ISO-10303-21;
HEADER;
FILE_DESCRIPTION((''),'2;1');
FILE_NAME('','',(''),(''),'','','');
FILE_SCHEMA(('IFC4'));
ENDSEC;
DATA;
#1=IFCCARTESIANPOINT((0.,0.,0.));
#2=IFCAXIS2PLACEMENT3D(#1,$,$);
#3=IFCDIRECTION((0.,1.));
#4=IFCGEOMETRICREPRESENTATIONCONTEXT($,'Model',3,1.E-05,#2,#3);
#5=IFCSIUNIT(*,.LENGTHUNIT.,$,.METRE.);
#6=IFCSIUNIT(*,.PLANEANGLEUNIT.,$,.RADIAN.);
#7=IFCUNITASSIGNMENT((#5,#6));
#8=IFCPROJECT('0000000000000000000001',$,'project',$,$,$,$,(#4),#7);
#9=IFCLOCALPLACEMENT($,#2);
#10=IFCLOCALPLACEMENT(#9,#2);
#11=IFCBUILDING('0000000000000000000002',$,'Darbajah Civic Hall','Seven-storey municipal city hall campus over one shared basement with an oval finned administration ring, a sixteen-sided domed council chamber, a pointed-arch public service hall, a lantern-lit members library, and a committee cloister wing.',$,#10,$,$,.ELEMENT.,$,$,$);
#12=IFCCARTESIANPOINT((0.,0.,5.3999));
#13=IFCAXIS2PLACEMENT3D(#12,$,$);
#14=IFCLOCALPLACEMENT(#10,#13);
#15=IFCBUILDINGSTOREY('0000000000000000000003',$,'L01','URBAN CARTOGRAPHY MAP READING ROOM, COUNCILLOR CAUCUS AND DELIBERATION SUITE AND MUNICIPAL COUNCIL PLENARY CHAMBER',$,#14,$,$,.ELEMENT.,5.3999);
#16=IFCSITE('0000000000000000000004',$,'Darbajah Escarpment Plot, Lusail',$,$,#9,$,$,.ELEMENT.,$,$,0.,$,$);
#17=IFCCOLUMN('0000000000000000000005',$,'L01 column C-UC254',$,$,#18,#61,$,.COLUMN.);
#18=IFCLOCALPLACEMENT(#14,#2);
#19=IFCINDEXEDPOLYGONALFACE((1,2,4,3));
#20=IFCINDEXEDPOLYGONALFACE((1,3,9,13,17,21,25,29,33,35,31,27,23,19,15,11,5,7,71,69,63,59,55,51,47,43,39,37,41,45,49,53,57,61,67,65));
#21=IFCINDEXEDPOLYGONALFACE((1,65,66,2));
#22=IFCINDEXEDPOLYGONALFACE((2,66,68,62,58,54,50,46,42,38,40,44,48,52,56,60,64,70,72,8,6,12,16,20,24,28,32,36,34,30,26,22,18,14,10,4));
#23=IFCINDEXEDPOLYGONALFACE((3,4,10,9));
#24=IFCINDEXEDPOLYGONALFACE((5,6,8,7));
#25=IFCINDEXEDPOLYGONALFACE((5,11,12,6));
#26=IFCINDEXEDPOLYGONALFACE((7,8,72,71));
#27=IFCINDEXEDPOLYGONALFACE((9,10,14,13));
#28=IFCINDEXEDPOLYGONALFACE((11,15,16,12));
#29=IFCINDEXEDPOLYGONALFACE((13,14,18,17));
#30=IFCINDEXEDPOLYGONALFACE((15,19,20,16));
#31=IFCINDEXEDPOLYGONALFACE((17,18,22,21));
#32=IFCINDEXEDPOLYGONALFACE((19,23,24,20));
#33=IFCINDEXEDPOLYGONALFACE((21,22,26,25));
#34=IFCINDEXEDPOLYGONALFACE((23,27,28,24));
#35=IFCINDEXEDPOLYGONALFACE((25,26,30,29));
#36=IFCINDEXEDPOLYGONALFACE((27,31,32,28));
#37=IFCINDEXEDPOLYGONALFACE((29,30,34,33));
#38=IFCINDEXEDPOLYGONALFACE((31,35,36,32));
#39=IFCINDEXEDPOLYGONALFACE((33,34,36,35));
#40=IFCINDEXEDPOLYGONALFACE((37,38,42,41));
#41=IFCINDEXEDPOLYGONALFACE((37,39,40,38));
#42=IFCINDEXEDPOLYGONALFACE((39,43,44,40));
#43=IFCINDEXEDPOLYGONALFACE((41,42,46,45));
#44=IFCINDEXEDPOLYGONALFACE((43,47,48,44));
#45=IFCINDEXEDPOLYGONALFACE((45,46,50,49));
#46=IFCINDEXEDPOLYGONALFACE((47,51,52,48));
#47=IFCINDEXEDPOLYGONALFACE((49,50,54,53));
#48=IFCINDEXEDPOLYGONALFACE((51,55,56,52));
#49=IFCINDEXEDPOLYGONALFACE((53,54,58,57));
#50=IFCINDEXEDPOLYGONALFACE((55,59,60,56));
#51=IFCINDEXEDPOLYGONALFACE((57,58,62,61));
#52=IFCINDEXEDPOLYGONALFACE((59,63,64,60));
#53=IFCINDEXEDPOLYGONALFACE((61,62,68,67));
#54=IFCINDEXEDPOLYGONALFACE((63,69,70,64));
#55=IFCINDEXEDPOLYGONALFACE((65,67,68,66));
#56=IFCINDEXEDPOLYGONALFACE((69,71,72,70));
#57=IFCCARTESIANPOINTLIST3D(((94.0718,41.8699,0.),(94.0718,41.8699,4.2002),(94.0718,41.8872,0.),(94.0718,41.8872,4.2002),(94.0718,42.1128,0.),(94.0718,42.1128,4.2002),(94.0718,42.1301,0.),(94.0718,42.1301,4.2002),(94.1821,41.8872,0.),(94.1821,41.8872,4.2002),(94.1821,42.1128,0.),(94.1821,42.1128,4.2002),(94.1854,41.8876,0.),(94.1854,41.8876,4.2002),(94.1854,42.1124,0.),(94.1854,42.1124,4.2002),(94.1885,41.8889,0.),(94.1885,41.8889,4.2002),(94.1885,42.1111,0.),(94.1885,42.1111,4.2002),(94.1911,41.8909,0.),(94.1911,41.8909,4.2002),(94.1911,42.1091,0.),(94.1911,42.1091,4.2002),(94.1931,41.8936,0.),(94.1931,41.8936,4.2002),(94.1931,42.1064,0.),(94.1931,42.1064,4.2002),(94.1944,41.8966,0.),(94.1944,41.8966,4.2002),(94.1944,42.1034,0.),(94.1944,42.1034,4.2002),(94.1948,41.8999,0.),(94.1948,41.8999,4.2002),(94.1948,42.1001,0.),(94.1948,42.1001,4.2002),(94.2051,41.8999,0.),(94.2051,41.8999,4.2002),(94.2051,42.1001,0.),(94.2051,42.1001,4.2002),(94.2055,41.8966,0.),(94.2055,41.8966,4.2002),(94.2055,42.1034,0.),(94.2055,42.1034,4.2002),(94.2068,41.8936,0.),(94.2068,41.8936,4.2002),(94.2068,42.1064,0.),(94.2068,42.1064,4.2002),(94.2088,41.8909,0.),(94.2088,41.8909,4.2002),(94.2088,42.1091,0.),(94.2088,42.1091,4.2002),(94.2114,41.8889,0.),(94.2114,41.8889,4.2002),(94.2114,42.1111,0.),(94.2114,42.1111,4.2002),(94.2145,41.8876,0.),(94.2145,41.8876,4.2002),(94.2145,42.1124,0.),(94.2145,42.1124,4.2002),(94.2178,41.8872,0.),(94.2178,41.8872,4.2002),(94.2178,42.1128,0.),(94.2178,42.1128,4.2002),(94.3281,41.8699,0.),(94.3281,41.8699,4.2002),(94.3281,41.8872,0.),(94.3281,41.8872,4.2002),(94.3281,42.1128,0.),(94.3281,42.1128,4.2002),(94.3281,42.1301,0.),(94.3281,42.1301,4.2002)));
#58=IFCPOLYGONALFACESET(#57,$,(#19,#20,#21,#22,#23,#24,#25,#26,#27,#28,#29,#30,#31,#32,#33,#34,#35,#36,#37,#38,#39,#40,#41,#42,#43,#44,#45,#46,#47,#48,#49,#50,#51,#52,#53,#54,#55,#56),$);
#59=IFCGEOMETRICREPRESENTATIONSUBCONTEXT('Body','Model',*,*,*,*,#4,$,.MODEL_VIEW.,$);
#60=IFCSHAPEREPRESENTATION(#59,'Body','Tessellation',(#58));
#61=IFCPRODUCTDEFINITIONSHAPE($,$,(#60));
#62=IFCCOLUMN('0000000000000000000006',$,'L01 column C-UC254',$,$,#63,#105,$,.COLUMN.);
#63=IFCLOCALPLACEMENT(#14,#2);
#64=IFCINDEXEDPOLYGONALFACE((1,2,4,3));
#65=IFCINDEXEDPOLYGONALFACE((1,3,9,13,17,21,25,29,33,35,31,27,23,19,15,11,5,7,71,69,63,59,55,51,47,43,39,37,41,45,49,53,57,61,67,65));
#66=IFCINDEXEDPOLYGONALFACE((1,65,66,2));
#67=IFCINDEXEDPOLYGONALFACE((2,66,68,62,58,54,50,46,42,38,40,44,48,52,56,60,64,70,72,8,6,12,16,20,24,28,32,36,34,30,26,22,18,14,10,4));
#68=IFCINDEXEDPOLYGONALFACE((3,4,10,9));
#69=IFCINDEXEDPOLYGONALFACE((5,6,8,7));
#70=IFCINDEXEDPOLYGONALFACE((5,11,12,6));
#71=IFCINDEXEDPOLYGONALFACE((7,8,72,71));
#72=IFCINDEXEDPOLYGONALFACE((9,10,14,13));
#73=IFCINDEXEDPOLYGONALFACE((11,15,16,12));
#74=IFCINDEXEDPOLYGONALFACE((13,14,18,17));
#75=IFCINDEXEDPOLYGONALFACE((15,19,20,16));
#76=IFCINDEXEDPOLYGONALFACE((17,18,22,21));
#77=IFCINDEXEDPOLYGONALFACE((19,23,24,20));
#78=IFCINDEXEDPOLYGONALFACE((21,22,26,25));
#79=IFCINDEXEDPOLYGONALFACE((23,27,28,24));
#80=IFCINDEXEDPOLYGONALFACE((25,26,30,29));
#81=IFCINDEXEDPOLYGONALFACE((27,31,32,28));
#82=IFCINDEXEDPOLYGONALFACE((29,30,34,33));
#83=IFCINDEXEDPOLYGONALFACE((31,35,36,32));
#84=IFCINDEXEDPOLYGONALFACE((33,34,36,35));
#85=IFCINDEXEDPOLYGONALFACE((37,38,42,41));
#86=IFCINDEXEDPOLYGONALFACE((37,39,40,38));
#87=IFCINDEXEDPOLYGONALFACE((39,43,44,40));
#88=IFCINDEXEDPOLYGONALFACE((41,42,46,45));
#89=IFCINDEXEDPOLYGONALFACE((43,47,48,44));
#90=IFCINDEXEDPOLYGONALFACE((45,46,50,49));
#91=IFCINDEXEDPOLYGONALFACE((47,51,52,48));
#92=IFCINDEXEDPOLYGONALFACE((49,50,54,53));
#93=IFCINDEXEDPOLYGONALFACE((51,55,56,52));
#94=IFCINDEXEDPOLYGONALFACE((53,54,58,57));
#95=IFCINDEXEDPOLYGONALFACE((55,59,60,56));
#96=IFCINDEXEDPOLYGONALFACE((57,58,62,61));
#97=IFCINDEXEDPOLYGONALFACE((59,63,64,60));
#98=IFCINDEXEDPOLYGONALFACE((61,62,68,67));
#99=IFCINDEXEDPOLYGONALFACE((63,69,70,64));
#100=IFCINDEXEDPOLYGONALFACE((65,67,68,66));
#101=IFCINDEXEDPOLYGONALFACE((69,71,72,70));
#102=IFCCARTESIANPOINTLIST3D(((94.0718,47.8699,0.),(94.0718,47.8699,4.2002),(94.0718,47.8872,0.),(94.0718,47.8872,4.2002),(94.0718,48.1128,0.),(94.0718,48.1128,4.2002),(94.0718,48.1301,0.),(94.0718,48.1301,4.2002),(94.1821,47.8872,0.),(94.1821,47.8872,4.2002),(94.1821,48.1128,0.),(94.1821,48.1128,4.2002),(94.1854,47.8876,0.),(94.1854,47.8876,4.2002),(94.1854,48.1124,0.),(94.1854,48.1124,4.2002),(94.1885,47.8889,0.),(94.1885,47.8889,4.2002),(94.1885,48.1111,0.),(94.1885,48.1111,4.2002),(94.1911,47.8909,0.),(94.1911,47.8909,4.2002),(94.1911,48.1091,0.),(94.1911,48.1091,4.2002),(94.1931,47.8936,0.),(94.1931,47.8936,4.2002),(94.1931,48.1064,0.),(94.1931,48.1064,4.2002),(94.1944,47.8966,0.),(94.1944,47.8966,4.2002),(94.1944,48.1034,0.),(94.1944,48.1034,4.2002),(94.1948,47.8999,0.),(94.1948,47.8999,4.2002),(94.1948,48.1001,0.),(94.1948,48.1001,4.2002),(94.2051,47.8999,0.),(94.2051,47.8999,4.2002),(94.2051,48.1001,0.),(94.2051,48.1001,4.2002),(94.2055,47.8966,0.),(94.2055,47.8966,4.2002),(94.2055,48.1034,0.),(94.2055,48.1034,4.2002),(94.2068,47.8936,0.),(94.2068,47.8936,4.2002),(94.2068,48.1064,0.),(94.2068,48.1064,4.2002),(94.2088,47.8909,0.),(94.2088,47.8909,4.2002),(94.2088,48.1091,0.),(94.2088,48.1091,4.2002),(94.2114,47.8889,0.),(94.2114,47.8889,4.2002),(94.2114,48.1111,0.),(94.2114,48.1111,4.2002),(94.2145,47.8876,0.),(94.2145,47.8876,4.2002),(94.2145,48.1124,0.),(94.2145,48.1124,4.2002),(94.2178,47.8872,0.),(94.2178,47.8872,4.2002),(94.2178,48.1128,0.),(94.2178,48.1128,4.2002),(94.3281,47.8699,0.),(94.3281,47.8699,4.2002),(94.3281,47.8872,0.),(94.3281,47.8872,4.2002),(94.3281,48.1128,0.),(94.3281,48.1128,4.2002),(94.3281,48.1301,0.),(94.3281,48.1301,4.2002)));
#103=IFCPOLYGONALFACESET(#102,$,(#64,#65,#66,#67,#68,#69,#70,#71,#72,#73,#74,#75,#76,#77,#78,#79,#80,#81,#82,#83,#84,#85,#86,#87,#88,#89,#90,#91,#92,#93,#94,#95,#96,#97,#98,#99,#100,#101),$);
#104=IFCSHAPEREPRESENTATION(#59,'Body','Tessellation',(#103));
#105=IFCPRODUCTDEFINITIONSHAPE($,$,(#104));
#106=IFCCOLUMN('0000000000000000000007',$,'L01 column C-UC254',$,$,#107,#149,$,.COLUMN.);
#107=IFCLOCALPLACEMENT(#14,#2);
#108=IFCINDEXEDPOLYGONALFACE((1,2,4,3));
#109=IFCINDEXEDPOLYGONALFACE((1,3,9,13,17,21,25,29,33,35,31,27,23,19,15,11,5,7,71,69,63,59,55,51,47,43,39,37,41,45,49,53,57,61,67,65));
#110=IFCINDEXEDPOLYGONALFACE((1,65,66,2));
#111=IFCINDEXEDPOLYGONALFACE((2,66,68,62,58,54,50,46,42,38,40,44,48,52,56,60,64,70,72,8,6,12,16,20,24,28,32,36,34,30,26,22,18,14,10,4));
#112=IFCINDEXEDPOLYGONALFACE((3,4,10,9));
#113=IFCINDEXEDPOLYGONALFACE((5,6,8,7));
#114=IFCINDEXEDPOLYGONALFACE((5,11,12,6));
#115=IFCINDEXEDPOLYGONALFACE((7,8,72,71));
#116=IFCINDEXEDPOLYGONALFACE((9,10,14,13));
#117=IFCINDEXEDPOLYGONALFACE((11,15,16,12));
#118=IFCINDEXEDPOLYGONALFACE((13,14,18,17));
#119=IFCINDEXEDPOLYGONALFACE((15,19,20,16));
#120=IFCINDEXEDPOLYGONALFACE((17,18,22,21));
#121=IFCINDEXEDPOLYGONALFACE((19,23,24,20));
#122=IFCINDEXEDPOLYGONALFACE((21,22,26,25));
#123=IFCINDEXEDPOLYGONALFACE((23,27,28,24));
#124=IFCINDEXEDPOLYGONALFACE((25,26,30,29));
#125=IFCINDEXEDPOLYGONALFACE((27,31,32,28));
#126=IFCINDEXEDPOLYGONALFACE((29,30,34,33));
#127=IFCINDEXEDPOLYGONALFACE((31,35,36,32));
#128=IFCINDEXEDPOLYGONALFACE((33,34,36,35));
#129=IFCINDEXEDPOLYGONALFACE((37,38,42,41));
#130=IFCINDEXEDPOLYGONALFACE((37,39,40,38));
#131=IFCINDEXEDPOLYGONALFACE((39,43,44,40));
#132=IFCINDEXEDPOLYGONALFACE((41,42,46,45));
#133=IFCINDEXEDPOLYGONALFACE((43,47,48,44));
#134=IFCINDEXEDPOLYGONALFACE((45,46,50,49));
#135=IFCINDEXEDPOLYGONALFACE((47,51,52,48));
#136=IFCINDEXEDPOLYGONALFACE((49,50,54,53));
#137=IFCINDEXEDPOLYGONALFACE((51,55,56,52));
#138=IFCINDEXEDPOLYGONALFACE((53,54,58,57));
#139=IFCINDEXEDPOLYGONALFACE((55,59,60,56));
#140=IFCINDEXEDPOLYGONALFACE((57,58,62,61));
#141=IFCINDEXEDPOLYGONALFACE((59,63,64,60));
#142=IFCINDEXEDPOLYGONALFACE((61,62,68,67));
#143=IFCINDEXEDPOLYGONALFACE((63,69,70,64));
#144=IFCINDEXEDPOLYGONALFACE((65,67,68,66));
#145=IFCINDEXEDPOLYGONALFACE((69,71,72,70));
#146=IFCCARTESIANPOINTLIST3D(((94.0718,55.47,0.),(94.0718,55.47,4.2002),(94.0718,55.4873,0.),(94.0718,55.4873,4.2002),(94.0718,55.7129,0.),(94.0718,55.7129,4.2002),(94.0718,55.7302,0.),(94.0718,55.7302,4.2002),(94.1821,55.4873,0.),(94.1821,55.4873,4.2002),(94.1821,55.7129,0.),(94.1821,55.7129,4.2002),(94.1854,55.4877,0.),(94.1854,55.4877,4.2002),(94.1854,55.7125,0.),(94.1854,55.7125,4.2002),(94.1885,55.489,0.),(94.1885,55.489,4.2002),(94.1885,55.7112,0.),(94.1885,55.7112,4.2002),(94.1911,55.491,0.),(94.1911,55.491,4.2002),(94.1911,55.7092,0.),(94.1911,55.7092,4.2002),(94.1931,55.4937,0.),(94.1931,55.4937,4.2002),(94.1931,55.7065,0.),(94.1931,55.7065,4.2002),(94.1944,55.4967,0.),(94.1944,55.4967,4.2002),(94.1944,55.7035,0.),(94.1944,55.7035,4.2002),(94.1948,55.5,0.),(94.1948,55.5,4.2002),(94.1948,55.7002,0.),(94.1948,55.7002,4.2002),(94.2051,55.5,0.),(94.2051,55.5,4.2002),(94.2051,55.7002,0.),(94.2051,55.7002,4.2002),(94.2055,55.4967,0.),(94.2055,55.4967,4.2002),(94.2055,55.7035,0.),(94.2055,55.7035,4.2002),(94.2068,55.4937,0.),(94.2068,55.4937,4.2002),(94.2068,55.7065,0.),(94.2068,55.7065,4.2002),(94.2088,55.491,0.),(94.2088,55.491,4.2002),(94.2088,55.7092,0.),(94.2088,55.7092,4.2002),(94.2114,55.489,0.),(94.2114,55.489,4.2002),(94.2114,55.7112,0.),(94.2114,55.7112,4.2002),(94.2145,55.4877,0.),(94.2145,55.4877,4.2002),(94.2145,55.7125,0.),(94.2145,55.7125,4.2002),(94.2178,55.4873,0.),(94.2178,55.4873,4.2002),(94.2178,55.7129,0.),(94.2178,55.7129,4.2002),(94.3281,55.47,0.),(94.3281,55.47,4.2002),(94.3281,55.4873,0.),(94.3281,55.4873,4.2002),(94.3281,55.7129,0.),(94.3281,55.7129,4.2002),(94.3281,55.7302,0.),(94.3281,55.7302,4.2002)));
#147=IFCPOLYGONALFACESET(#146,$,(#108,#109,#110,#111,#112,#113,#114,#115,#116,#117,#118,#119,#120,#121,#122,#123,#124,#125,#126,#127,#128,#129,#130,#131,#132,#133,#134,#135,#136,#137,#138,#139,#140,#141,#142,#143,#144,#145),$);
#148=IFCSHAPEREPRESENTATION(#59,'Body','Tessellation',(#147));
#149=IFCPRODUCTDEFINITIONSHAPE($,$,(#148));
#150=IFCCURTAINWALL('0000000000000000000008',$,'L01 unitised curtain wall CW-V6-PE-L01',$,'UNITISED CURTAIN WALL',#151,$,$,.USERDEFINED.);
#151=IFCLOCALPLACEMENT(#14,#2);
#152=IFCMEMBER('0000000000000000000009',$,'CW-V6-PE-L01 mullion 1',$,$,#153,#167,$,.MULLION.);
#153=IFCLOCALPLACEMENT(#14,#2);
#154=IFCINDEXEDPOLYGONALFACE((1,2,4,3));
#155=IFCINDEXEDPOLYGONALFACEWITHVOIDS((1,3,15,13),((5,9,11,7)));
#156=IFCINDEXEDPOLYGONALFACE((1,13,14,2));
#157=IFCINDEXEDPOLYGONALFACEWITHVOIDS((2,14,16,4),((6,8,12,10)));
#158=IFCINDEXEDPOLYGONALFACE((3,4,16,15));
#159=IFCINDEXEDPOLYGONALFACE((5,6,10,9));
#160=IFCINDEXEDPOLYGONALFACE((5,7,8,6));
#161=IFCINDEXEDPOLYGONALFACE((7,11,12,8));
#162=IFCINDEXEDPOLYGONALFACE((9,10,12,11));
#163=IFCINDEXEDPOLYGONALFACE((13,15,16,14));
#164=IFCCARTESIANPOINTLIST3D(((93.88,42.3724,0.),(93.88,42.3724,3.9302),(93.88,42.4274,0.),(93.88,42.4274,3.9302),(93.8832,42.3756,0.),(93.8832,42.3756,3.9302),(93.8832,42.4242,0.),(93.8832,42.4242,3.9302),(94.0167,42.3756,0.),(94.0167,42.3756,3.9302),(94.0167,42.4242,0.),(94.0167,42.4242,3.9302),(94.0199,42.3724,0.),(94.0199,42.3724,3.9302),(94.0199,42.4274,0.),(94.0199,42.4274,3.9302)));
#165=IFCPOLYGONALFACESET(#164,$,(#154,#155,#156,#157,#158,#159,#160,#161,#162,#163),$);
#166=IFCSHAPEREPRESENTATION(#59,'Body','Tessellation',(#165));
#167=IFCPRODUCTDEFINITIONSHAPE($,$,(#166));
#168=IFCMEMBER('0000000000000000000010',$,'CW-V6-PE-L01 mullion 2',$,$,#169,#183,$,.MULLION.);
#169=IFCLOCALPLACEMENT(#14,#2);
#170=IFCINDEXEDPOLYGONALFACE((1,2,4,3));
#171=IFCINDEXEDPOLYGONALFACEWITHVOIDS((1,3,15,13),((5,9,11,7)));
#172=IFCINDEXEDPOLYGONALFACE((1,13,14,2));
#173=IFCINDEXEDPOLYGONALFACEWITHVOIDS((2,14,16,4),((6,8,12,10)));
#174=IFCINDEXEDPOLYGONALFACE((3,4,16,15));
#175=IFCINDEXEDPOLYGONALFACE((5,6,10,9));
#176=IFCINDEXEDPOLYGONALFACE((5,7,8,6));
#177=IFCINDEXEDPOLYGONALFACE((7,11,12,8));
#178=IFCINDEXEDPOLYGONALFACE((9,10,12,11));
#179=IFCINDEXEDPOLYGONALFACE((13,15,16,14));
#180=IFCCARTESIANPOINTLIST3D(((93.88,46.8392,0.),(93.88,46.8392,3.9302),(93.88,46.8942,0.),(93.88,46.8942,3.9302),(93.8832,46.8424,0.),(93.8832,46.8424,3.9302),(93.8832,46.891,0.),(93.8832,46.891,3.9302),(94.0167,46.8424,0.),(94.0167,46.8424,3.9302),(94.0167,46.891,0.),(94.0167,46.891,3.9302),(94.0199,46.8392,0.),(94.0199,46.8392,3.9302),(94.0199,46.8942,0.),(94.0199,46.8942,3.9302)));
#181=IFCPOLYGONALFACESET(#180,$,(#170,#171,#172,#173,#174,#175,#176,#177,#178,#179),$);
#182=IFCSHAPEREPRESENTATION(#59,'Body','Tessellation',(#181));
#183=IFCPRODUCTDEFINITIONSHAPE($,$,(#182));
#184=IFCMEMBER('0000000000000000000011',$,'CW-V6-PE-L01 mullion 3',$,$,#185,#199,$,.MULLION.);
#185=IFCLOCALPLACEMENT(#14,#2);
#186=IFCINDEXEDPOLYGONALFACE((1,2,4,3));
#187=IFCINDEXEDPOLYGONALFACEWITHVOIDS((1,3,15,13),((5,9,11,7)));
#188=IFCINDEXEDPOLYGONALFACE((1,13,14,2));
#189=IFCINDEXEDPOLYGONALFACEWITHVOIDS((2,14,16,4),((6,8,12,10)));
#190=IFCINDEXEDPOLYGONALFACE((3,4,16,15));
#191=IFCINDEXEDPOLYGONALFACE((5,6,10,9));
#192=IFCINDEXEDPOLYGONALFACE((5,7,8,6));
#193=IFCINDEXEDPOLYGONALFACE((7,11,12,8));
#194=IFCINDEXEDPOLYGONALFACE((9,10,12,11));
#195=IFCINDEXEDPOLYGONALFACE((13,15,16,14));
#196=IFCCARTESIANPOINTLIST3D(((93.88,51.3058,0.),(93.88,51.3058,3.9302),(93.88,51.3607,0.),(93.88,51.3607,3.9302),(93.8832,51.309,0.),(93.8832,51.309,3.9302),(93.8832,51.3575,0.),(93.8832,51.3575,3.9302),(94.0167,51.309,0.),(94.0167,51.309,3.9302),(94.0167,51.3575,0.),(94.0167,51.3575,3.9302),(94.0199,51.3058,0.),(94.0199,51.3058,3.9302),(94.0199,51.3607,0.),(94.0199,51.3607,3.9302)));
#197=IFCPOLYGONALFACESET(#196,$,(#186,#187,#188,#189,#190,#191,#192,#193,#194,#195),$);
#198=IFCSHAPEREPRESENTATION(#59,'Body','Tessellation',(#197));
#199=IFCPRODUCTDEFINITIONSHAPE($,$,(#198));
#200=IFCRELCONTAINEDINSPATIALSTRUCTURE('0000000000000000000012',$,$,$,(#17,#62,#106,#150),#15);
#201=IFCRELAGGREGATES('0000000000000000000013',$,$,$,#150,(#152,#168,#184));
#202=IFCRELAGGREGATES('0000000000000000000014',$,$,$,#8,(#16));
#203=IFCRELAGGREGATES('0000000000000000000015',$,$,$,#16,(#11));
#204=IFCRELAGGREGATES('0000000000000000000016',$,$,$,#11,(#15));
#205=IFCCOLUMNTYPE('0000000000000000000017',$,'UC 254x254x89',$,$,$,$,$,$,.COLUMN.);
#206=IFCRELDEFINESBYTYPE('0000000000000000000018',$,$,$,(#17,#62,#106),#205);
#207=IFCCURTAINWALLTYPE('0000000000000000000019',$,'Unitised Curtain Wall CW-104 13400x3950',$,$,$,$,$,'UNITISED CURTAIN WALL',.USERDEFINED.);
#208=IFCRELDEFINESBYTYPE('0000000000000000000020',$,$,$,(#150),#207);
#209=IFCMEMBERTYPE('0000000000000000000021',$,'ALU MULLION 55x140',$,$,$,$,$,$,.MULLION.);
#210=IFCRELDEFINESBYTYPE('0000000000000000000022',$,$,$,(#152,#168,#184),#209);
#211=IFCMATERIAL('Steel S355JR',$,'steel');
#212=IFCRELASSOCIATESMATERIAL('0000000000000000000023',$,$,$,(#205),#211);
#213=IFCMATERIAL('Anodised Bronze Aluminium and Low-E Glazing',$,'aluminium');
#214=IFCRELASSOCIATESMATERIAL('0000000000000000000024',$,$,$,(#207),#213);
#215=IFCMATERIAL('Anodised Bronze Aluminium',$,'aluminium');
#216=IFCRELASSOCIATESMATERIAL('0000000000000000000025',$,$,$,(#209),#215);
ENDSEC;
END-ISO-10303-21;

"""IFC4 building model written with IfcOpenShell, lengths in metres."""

from ifc_helpers import new_model, si_unit, direction, frame, origin, origin_2d, place, context, subcontext, project, spatial, hollow_rectangle, i_section, extrude, material, material_profile, profile_set, type_object, element, aggregate, save


model = new_model("IFC4")

# Units and contexts
model_context = context("Model", 3, precision=1e-05, world=origin(), true_north=direction((0.0, 1.0)))
body_context = subcontext(model_context, "Body", "Model", "MODEL_VIEW")
ifc_project = project(units=[si_unit("LENGTHUNIT", "METRE"), si_unit("PLANEANGLEUNIT", "RADIAN")], contexts=[model_context])

# Site, building, storey
site_placement = place(None, origin())
site = spatial("IfcSite", under=ifc_project, at=site_placement, Name="Darbajah Escarpment Plot, Lusail", CompositionType="ELEMENT", RefElevation=0.0)
building_placement = place(site_placement, origin())
building = spatial("IfcBuilding", under=site, at=building_placement, Name="Darbajah Civic Hall", Description="Seven-storey municipal city hall campus over one shared basement with an oval finned administration ring, a sixteen-sided domed council chamber, a pointed-arch public service hall, a lantern-lit members library, and a committee cloister wing.", CompositionType="ELEMENT")
storey_placement = place(building_placement, frame((0.0, 0.0, 5.3999)))
storey = spatial("IfcBuildingStorey", under=building, at=storey_placement, Name="L01", Description="URBAN CARTOGRAPHY MAP READING ROOM, COUNCILLOR CAUCUS AND DELIBERATION SUITE AND MUNICIPAL COUNCIL PLENARY CHAMBER", CompositionType="ELEMENT", Elevation=5.3999)

# Columns
ifc_material_1 = material(Name="Steel S355JR", Category="steel")
ifc_material_profile_1 = material_profile(ifc_material_1, i_section(OverallWidth=0.2563, OverallDepth=0.2603, WebThickness=0.0103, FlangeThickness=0.0173, FilletRadius=0.0127, at=origin_2d()), Name="UC 254x254x89")
ifc_profile_set_1 = profile_set([ifc_material_profile_1], Name="Steel S355JR")
column_type = type_object("IfcColumnType", Name="UC 254x254x89", PredefinedType="COLUMN", material=ifc_profile_set_1)
for number, where, z_axis, x_axis, name in (
    (1, (94.2, 42.0, 0.0), (0.0, 0.0, 1.0), (1.0, 0.0, 0.0), "L01 column C-UC254"),
    (2, (94.2, 48.0, 0.0), (0.0, 0.0, 1.0), (1.0, 0.0, 0.0), "L01 column C-UC254"),
    (3, (94.2, 55.6001, 0.0), (0.0, 0.0, 1.0), (1.0, 0.0, 0.0), "L01 column C-UC254"),
):
    element("IfcColumn", number, at=place(storey_placement, frame(where, z_axis=z_axis, x_axis=x_axis)), inside=storey, type_object=column_type, Name=name, PredefinedType="COLUMN", context=body_context, shape_type="SweptSolid", body=[
        extrude(i_section(OverallWidth=0.2563, OverallDepth=0.2603, WebThickness=0.0103, FlangeThickness=0.0173, FilletRadius=0.0127, at=origin_2d()), origin(), (0.0, 0.0, 1.0), 4.2002),
    ])

# Curtain wall, members
ifc_material_2 = material(Name="Anodised Bronze Aluminium and Low-E Glazing", Category="aluminium")
curtain_wall_type = type_object("IfcCurtainWallType", Name="Unitised Curtain Wall CW-104 13400x3950", ElementType="UNITISED CURTAIN WALL", PredefinedType="USERDEFINED", material=ifc_material_2)
curtain_wall_1_placement = place(storey_placement, origin())
curtain_wall_1 = element("IfcCurtainWall", 4, at=curtain_wall_1_placement, inside=storey, type_object=curtain_wall_type, Name="L01 unitised curtain wall CW-V6-PE-L01", ObjectType="UNITISED CURTAIN WALL", PredefinedType="USERDEFINED")
ifc_material_3 = material(Name="Anodised Bronze Aluminium", Category="aluminium")
ifc_material_profile_2 = material_profile(ifc_material_3, hollow_rectangle(XDim=0.0549, YDim=0.1399, WallThickness=0.0032, at=origin_2d()), Name="ALU MULLION 55x140")
ifc_profile_set_2 = profile_set([ifc_material_profile_2], Name="Anodised Bronze Aluminium")
member_type_1 = type_object("IfcMemberType", Name="ALU MULLION 55x140", PredefinedType="MULLION", material=ifc_profile_set_2)
member_1_placement = place(storey_placement, frame((93.95, 42.3999, 0.0), z_axis=(0.0, 0.0, 1.0), x_axis=(0.0, 1.0, 0.0)))
member_1 = element("IfcMember", 5, at=member_1_placement, type_object=member_type_1, Name="CW-V6-PE-L01 mullion 1", PredefinedType="MULLION", context=body_context, shape_type="SweptSolid", body=[
    extrude(hollow_rectangle(XDim=0.0549, YDim=0.1399, WallThickness=0.0032, at=origin_2d()), origin(), (0.0, 0.0, 1.0), 3.9302),
])
member_2_placement = place(storey_placement, frame((93.95, 46.8667, 0.0), z_axis=(0.0, 0.0, 1.0), x_axis=(0.0, 1.0, 0.0)))
member_2 = element("IfcMember", 6, at=member_2_placement, type_object=member_type_1, Name="CW-V6-PE-L01 mullion 2", PredefinedType="MULLION", context=body_context, shape_type="SweptSolid", body=[
    extrude(hollow_rectangle(XDim=0.0549, YDim=0.1399, WallThickness=0.0032, at=origin_2d()), origin(), (0.0, 0.0, 1.0), 3.9302),
])
member_3_placement = place(storey_placement, frame((93.95, 51.3333, 0.0), z_axis=(0.0, 0.0, 1.0), x_axis=(0.0, 1.0, 0.0)))
member_3 = element("IfcMember", 7, at=member_3_placement, type_object=member_type_1, Name="CW-V6-PE-L01 mullion 3", PredefinedType="MULLION", context=body_context, shape_type="SweptSolid", body=[
    extrude(hollow_rectangle(XDim=0.0549, YDim=0.1399, WallThickness=0.0032, at=origin_2d()), origin(), (0.0, 0.0, 1.0), 3.9302),
])

aggregate(curtain_wall_1, [member_1, member_2, member_3])

save(model, "model.ifc")
